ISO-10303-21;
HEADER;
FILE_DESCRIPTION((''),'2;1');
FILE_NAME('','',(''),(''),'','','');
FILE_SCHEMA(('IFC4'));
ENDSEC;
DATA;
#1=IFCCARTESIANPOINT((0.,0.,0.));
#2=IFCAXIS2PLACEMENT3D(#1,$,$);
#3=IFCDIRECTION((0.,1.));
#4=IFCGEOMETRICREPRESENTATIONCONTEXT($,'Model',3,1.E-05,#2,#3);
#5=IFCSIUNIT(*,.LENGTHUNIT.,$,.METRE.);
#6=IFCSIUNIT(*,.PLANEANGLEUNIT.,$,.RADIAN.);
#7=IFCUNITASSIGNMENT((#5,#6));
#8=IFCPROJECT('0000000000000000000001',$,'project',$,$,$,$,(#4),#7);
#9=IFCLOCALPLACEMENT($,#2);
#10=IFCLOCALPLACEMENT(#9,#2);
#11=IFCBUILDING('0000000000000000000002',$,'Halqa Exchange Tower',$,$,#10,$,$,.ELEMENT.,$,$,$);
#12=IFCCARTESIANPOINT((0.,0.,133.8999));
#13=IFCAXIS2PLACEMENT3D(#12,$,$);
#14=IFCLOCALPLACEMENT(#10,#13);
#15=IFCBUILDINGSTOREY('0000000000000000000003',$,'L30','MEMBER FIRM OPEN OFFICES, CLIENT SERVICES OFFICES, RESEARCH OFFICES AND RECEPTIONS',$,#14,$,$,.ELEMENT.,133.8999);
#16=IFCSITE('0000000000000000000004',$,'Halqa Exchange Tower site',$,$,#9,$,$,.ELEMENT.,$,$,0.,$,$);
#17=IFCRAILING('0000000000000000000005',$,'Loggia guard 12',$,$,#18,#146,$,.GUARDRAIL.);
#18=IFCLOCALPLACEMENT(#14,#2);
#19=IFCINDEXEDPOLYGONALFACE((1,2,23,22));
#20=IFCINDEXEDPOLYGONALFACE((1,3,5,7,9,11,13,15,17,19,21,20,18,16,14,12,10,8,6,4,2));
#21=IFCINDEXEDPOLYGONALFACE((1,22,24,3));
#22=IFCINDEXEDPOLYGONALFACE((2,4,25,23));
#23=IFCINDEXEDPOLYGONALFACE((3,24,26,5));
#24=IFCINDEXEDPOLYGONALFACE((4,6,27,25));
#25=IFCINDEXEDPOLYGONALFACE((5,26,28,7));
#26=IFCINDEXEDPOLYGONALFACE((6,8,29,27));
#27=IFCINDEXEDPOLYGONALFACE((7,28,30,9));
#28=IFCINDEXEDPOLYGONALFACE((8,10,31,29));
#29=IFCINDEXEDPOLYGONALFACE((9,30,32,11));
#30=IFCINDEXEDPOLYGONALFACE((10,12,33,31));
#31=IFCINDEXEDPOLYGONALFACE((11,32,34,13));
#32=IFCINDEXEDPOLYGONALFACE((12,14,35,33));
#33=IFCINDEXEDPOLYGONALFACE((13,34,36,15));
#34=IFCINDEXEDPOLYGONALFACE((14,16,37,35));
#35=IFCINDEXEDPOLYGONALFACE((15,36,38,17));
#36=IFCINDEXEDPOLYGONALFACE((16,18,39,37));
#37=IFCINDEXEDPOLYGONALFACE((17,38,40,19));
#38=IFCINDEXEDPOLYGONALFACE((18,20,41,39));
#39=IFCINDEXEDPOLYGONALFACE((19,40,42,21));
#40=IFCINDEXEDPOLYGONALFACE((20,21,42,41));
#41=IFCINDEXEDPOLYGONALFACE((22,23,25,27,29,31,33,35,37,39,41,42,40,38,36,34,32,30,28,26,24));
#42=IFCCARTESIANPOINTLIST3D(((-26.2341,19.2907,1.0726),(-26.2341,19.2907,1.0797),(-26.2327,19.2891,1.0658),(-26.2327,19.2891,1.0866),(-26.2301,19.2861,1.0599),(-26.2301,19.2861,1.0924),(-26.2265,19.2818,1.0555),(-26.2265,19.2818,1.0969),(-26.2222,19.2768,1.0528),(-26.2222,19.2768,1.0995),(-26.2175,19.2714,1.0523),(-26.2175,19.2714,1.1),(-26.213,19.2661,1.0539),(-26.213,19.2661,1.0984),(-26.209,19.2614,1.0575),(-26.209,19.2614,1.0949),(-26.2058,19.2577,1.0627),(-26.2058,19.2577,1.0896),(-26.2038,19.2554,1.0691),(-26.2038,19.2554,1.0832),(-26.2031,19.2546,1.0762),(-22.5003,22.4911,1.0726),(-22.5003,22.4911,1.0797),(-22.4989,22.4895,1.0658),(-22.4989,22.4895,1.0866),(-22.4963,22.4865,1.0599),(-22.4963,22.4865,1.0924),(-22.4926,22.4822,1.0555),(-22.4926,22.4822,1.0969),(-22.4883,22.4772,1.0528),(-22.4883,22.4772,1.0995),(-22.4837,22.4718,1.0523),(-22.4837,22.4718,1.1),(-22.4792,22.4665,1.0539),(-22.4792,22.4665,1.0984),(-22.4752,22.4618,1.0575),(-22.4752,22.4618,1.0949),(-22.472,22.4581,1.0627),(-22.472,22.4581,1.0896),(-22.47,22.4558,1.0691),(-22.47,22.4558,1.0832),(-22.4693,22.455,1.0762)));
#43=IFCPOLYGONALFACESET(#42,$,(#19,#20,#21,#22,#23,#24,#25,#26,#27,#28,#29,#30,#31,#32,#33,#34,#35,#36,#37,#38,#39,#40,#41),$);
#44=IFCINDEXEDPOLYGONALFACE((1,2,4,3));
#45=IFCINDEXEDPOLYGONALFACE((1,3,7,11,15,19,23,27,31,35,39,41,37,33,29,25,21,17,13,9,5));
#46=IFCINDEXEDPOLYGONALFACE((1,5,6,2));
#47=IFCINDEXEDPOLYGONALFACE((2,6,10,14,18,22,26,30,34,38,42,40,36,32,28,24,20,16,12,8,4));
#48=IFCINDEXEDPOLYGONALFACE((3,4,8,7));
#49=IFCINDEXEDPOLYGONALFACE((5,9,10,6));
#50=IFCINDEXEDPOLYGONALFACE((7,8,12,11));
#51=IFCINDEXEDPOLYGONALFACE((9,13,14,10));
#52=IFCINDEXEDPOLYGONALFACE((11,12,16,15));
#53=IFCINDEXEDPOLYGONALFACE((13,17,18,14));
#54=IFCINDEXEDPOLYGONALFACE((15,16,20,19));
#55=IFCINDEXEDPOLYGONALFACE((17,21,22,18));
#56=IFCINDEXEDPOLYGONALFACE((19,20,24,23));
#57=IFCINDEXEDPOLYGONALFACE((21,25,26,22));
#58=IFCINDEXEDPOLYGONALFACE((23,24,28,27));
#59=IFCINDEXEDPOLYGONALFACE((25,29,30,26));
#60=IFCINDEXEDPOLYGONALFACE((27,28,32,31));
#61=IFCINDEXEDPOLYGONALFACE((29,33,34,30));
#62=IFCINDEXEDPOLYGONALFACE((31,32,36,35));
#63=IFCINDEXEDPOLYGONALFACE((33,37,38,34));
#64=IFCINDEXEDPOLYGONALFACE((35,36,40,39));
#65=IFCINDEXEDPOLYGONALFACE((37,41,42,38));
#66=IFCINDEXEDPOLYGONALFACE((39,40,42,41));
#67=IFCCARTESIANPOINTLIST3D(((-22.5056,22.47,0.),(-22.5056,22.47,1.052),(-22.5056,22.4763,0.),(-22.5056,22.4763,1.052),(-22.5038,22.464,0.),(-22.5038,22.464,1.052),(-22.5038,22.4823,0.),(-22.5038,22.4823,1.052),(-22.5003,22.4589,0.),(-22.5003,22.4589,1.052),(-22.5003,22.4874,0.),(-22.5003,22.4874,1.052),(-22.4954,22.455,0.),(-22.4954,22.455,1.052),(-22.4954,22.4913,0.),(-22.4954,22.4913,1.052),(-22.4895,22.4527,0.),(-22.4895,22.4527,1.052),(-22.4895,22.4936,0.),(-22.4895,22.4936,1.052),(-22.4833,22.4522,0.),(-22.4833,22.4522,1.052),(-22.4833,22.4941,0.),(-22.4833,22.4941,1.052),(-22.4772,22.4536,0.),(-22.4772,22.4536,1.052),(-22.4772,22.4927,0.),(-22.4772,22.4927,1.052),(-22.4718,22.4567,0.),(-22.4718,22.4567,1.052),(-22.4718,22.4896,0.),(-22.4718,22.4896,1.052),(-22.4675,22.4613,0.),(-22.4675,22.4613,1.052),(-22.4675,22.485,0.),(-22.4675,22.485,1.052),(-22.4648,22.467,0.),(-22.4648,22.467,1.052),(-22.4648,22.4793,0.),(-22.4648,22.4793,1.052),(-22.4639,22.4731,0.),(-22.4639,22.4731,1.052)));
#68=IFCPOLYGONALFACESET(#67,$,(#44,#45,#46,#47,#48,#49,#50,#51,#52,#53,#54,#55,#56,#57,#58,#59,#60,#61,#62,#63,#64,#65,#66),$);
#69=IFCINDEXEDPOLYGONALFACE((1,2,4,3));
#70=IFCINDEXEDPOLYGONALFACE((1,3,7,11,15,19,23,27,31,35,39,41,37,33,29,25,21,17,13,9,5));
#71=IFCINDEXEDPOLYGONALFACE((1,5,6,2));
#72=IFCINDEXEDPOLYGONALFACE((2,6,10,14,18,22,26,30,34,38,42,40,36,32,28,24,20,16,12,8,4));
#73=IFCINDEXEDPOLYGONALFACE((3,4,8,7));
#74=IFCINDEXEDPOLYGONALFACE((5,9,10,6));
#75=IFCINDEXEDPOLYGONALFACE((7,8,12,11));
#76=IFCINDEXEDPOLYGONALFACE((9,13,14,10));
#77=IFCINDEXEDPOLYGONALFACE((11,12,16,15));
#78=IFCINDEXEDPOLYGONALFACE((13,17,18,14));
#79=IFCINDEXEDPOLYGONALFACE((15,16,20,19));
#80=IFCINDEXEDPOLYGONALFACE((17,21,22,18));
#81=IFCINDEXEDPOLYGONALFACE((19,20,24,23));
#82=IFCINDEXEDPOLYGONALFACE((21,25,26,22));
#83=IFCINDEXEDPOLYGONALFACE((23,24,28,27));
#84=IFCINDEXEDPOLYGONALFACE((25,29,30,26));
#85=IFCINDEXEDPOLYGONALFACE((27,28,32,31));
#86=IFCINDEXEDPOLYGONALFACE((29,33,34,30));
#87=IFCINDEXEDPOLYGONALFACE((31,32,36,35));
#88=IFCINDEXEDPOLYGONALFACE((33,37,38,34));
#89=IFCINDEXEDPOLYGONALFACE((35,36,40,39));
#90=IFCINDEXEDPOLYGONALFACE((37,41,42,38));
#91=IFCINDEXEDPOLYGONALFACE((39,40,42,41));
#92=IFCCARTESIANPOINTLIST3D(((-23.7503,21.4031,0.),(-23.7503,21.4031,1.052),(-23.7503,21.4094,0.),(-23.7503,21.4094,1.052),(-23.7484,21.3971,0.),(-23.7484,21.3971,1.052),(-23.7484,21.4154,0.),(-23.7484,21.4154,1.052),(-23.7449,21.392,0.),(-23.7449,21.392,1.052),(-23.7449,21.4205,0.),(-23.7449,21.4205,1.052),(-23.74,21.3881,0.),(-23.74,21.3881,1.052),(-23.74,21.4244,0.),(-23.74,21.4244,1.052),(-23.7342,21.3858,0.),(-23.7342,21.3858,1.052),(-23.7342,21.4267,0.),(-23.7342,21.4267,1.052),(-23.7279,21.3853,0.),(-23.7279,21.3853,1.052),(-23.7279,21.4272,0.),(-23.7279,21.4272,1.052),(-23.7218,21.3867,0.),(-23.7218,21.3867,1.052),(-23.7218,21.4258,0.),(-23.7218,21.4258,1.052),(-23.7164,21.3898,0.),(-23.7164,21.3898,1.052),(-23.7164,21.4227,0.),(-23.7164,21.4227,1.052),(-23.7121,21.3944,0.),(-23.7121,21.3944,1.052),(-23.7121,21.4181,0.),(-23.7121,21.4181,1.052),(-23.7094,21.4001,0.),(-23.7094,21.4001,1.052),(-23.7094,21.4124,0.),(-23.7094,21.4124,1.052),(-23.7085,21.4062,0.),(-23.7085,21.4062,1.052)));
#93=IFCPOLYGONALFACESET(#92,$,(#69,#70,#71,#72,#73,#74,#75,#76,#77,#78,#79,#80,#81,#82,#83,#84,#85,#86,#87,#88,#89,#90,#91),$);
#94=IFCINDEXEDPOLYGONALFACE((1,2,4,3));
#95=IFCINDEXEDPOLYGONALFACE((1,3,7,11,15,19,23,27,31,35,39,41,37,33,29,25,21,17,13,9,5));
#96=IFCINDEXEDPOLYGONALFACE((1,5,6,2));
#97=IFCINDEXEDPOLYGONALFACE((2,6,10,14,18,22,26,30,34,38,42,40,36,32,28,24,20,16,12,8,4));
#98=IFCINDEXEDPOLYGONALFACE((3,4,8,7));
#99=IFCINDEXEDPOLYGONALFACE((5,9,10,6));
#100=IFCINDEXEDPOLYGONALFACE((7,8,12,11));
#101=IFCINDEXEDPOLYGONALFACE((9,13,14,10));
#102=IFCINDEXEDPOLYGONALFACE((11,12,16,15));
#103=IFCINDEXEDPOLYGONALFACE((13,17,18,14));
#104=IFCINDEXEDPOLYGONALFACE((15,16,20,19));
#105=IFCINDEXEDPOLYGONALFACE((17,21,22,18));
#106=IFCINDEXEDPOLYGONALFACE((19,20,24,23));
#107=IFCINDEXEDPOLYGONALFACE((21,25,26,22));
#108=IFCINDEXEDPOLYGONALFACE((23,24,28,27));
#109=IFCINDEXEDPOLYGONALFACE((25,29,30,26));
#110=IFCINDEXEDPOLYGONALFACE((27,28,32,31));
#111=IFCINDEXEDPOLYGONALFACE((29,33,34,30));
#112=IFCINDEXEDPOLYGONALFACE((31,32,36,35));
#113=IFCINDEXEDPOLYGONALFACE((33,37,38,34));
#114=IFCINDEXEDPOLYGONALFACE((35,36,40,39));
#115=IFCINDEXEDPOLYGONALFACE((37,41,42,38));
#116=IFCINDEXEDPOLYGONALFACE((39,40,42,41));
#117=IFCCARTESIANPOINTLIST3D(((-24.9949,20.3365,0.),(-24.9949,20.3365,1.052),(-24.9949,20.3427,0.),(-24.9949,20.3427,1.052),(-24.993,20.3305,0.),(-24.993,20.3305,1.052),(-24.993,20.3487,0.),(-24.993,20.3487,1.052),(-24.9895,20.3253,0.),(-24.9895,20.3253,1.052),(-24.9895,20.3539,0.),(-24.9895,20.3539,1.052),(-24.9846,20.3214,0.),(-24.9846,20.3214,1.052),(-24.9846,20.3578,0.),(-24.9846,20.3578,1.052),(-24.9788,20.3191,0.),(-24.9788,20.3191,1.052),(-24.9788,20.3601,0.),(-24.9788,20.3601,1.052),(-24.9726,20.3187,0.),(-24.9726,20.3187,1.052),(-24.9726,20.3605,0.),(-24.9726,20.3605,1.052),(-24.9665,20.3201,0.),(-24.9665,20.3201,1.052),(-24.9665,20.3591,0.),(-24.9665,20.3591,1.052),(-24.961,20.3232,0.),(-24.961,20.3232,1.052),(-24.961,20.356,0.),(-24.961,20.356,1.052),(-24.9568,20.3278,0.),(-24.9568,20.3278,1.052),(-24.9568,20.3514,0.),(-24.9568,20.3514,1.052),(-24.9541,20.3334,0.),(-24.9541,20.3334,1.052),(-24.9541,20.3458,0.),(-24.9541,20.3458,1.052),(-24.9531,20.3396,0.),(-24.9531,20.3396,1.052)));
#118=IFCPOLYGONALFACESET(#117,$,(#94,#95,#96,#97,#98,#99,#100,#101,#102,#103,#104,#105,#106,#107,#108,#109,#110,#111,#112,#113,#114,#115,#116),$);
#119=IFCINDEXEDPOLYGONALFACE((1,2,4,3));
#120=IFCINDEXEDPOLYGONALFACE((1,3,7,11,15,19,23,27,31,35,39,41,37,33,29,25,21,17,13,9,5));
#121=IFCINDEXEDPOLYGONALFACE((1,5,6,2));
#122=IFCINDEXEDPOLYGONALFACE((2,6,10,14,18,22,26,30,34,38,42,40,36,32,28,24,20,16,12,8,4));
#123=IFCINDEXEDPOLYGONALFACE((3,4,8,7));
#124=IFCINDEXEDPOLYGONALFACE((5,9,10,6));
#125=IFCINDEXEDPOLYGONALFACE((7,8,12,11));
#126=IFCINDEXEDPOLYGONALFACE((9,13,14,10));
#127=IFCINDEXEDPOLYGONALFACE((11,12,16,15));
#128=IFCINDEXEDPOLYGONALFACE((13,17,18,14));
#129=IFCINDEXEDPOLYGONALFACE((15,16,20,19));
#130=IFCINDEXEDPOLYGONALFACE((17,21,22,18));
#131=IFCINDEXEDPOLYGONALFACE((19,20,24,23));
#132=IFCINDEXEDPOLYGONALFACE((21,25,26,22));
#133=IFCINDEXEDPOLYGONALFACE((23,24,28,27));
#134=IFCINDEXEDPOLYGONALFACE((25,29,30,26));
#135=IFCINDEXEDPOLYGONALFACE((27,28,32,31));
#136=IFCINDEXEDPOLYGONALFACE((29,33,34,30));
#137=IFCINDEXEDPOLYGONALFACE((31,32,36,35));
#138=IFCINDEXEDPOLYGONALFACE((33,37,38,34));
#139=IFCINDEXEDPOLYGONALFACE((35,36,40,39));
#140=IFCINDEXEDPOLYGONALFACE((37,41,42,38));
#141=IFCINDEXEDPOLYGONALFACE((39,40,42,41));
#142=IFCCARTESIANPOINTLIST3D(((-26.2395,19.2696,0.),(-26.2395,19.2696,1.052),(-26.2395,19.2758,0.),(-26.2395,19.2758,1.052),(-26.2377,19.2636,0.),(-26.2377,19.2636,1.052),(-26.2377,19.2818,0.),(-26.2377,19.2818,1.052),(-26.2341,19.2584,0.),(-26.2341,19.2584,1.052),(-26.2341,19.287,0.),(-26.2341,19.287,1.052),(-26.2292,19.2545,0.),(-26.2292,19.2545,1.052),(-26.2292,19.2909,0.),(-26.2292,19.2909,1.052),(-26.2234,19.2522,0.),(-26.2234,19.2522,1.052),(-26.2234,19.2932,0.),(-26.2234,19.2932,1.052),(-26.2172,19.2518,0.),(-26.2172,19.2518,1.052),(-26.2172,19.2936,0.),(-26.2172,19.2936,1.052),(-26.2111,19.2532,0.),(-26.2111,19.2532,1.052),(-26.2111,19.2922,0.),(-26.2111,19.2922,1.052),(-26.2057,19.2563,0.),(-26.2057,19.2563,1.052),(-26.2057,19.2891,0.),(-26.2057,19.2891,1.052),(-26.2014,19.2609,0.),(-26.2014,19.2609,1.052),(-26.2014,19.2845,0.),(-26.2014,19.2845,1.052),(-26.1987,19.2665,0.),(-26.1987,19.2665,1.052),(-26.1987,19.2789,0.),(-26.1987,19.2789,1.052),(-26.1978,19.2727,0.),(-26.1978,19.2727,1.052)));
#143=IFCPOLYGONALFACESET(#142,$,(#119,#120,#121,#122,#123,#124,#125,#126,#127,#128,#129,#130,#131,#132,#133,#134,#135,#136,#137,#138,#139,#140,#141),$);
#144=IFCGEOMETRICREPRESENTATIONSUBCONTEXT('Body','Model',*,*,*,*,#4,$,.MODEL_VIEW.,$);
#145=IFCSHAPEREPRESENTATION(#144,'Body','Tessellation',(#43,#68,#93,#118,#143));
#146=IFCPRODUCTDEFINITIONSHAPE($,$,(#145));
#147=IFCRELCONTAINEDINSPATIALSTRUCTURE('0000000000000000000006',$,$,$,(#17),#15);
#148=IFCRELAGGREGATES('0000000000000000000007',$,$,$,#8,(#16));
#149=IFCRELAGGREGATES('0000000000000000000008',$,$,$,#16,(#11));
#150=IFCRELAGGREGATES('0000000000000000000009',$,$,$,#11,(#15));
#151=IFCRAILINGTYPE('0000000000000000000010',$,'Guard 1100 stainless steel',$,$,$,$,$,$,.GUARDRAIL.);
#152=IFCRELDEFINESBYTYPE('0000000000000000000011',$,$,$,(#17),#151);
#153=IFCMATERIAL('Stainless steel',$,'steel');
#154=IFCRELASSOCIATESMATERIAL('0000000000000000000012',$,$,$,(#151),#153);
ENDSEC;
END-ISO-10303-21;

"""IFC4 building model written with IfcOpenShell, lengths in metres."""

from ifc_helpers import new_model, si_unit, direction, frame, origin, origin_2d, place, context, subcontext, project, spatial, circle, extrude, material, type_object, element, save


model = new_model("IFC4")

# Units and contexts
model_context = context("Model", 3, precision=1e-05, world=origin(), true_north=direction((0.0, 1.0)))
body_context = subcontext(model_context, "Body", "Model", "MODEL_VIEW")
ifc_project = project(units=[si_unit("LENGTHUNIT", "METRE"), si_unit("PLANEANGLEUNIT", "RADIAN")], contexts=[model_context])

# Site, building, storey
site_placement = place(None, origin())
site = spatial("IfcSite", under=ifc_project, at=site_placement, Name="Halqa Exchange Tower site", CompositionType="ELEMENT", RefElevation=0.0)
building_placement = place(site_placement, origin())
building = spatial("IfcBuilding", under=site, at=building_placement, Name="Halqa Exchange Tower", CompositionType="ELEMENT")
storey_placement = place(building_placement, frame((0.0, 0.0, 133.8999)))
storey = spatial("IfcBuildingStorey", under=building, at=storey_placement, Name="L30", Description="MEMBER FIRM OPEN OFFICES, CLIENT SERVICES OFFICES, RESEARCH OFFICES AND RECEPTIONS", CompositionType="ELEMENT", Elevation=133.8999)

# Railing
ifc_material_1 = material(Name="Stainless steel", Category="steel")
railing_type = type_object("IfcRailingType", Name="Guard 1100 stainless steel", PredefinedType="GUARDRAIL", material=ifc_material_1)
railing_1_placement = place(storey_placement, frame((-22.4849, 22.4731, 0.0)))
element("IfcRailing", 1, at=railing_1_placement, inside=storey, type_object=railing_type, Name="Loggia guard 12", PredefinedType="GUARDRAIL", context=body_context, shape_type="SweptSolid", body=[
    extrude(circle(Radius=0.0239, at=origin_2d()), frame((0.0, 0.0, 1.0762), z_axis=(-0.75926, -0.650787, 0.0), x_axis=(0.650787, -0.75926, 0.0)), (0.0, 0.0, 1.0), 4.9177),
    extrude(circle(Radius=0.021, at=origin_2d()), origin(), (0.0, 0.0, 1.0), 1.052),
    extrude(circle(Radius=0.021, at=origin_2d()), frame((-1.2446, -1.0669, 0.0)), (0.0, 0.0, 1.0), 1.052),
    extrude(circle(Radius=0.021, at=origin_2d()), frame((-2.4893, -2.1335, 0.0)), (0.0, 0.0, 1.0), 1.052),
    extrude(circle(Radius=0.021, at=origin_2d()), frame((-3.7339, -3.2004, 0.0)), (0.0, 0.0, 1.0), 1.052),
])

save(model, "model.ifc")
